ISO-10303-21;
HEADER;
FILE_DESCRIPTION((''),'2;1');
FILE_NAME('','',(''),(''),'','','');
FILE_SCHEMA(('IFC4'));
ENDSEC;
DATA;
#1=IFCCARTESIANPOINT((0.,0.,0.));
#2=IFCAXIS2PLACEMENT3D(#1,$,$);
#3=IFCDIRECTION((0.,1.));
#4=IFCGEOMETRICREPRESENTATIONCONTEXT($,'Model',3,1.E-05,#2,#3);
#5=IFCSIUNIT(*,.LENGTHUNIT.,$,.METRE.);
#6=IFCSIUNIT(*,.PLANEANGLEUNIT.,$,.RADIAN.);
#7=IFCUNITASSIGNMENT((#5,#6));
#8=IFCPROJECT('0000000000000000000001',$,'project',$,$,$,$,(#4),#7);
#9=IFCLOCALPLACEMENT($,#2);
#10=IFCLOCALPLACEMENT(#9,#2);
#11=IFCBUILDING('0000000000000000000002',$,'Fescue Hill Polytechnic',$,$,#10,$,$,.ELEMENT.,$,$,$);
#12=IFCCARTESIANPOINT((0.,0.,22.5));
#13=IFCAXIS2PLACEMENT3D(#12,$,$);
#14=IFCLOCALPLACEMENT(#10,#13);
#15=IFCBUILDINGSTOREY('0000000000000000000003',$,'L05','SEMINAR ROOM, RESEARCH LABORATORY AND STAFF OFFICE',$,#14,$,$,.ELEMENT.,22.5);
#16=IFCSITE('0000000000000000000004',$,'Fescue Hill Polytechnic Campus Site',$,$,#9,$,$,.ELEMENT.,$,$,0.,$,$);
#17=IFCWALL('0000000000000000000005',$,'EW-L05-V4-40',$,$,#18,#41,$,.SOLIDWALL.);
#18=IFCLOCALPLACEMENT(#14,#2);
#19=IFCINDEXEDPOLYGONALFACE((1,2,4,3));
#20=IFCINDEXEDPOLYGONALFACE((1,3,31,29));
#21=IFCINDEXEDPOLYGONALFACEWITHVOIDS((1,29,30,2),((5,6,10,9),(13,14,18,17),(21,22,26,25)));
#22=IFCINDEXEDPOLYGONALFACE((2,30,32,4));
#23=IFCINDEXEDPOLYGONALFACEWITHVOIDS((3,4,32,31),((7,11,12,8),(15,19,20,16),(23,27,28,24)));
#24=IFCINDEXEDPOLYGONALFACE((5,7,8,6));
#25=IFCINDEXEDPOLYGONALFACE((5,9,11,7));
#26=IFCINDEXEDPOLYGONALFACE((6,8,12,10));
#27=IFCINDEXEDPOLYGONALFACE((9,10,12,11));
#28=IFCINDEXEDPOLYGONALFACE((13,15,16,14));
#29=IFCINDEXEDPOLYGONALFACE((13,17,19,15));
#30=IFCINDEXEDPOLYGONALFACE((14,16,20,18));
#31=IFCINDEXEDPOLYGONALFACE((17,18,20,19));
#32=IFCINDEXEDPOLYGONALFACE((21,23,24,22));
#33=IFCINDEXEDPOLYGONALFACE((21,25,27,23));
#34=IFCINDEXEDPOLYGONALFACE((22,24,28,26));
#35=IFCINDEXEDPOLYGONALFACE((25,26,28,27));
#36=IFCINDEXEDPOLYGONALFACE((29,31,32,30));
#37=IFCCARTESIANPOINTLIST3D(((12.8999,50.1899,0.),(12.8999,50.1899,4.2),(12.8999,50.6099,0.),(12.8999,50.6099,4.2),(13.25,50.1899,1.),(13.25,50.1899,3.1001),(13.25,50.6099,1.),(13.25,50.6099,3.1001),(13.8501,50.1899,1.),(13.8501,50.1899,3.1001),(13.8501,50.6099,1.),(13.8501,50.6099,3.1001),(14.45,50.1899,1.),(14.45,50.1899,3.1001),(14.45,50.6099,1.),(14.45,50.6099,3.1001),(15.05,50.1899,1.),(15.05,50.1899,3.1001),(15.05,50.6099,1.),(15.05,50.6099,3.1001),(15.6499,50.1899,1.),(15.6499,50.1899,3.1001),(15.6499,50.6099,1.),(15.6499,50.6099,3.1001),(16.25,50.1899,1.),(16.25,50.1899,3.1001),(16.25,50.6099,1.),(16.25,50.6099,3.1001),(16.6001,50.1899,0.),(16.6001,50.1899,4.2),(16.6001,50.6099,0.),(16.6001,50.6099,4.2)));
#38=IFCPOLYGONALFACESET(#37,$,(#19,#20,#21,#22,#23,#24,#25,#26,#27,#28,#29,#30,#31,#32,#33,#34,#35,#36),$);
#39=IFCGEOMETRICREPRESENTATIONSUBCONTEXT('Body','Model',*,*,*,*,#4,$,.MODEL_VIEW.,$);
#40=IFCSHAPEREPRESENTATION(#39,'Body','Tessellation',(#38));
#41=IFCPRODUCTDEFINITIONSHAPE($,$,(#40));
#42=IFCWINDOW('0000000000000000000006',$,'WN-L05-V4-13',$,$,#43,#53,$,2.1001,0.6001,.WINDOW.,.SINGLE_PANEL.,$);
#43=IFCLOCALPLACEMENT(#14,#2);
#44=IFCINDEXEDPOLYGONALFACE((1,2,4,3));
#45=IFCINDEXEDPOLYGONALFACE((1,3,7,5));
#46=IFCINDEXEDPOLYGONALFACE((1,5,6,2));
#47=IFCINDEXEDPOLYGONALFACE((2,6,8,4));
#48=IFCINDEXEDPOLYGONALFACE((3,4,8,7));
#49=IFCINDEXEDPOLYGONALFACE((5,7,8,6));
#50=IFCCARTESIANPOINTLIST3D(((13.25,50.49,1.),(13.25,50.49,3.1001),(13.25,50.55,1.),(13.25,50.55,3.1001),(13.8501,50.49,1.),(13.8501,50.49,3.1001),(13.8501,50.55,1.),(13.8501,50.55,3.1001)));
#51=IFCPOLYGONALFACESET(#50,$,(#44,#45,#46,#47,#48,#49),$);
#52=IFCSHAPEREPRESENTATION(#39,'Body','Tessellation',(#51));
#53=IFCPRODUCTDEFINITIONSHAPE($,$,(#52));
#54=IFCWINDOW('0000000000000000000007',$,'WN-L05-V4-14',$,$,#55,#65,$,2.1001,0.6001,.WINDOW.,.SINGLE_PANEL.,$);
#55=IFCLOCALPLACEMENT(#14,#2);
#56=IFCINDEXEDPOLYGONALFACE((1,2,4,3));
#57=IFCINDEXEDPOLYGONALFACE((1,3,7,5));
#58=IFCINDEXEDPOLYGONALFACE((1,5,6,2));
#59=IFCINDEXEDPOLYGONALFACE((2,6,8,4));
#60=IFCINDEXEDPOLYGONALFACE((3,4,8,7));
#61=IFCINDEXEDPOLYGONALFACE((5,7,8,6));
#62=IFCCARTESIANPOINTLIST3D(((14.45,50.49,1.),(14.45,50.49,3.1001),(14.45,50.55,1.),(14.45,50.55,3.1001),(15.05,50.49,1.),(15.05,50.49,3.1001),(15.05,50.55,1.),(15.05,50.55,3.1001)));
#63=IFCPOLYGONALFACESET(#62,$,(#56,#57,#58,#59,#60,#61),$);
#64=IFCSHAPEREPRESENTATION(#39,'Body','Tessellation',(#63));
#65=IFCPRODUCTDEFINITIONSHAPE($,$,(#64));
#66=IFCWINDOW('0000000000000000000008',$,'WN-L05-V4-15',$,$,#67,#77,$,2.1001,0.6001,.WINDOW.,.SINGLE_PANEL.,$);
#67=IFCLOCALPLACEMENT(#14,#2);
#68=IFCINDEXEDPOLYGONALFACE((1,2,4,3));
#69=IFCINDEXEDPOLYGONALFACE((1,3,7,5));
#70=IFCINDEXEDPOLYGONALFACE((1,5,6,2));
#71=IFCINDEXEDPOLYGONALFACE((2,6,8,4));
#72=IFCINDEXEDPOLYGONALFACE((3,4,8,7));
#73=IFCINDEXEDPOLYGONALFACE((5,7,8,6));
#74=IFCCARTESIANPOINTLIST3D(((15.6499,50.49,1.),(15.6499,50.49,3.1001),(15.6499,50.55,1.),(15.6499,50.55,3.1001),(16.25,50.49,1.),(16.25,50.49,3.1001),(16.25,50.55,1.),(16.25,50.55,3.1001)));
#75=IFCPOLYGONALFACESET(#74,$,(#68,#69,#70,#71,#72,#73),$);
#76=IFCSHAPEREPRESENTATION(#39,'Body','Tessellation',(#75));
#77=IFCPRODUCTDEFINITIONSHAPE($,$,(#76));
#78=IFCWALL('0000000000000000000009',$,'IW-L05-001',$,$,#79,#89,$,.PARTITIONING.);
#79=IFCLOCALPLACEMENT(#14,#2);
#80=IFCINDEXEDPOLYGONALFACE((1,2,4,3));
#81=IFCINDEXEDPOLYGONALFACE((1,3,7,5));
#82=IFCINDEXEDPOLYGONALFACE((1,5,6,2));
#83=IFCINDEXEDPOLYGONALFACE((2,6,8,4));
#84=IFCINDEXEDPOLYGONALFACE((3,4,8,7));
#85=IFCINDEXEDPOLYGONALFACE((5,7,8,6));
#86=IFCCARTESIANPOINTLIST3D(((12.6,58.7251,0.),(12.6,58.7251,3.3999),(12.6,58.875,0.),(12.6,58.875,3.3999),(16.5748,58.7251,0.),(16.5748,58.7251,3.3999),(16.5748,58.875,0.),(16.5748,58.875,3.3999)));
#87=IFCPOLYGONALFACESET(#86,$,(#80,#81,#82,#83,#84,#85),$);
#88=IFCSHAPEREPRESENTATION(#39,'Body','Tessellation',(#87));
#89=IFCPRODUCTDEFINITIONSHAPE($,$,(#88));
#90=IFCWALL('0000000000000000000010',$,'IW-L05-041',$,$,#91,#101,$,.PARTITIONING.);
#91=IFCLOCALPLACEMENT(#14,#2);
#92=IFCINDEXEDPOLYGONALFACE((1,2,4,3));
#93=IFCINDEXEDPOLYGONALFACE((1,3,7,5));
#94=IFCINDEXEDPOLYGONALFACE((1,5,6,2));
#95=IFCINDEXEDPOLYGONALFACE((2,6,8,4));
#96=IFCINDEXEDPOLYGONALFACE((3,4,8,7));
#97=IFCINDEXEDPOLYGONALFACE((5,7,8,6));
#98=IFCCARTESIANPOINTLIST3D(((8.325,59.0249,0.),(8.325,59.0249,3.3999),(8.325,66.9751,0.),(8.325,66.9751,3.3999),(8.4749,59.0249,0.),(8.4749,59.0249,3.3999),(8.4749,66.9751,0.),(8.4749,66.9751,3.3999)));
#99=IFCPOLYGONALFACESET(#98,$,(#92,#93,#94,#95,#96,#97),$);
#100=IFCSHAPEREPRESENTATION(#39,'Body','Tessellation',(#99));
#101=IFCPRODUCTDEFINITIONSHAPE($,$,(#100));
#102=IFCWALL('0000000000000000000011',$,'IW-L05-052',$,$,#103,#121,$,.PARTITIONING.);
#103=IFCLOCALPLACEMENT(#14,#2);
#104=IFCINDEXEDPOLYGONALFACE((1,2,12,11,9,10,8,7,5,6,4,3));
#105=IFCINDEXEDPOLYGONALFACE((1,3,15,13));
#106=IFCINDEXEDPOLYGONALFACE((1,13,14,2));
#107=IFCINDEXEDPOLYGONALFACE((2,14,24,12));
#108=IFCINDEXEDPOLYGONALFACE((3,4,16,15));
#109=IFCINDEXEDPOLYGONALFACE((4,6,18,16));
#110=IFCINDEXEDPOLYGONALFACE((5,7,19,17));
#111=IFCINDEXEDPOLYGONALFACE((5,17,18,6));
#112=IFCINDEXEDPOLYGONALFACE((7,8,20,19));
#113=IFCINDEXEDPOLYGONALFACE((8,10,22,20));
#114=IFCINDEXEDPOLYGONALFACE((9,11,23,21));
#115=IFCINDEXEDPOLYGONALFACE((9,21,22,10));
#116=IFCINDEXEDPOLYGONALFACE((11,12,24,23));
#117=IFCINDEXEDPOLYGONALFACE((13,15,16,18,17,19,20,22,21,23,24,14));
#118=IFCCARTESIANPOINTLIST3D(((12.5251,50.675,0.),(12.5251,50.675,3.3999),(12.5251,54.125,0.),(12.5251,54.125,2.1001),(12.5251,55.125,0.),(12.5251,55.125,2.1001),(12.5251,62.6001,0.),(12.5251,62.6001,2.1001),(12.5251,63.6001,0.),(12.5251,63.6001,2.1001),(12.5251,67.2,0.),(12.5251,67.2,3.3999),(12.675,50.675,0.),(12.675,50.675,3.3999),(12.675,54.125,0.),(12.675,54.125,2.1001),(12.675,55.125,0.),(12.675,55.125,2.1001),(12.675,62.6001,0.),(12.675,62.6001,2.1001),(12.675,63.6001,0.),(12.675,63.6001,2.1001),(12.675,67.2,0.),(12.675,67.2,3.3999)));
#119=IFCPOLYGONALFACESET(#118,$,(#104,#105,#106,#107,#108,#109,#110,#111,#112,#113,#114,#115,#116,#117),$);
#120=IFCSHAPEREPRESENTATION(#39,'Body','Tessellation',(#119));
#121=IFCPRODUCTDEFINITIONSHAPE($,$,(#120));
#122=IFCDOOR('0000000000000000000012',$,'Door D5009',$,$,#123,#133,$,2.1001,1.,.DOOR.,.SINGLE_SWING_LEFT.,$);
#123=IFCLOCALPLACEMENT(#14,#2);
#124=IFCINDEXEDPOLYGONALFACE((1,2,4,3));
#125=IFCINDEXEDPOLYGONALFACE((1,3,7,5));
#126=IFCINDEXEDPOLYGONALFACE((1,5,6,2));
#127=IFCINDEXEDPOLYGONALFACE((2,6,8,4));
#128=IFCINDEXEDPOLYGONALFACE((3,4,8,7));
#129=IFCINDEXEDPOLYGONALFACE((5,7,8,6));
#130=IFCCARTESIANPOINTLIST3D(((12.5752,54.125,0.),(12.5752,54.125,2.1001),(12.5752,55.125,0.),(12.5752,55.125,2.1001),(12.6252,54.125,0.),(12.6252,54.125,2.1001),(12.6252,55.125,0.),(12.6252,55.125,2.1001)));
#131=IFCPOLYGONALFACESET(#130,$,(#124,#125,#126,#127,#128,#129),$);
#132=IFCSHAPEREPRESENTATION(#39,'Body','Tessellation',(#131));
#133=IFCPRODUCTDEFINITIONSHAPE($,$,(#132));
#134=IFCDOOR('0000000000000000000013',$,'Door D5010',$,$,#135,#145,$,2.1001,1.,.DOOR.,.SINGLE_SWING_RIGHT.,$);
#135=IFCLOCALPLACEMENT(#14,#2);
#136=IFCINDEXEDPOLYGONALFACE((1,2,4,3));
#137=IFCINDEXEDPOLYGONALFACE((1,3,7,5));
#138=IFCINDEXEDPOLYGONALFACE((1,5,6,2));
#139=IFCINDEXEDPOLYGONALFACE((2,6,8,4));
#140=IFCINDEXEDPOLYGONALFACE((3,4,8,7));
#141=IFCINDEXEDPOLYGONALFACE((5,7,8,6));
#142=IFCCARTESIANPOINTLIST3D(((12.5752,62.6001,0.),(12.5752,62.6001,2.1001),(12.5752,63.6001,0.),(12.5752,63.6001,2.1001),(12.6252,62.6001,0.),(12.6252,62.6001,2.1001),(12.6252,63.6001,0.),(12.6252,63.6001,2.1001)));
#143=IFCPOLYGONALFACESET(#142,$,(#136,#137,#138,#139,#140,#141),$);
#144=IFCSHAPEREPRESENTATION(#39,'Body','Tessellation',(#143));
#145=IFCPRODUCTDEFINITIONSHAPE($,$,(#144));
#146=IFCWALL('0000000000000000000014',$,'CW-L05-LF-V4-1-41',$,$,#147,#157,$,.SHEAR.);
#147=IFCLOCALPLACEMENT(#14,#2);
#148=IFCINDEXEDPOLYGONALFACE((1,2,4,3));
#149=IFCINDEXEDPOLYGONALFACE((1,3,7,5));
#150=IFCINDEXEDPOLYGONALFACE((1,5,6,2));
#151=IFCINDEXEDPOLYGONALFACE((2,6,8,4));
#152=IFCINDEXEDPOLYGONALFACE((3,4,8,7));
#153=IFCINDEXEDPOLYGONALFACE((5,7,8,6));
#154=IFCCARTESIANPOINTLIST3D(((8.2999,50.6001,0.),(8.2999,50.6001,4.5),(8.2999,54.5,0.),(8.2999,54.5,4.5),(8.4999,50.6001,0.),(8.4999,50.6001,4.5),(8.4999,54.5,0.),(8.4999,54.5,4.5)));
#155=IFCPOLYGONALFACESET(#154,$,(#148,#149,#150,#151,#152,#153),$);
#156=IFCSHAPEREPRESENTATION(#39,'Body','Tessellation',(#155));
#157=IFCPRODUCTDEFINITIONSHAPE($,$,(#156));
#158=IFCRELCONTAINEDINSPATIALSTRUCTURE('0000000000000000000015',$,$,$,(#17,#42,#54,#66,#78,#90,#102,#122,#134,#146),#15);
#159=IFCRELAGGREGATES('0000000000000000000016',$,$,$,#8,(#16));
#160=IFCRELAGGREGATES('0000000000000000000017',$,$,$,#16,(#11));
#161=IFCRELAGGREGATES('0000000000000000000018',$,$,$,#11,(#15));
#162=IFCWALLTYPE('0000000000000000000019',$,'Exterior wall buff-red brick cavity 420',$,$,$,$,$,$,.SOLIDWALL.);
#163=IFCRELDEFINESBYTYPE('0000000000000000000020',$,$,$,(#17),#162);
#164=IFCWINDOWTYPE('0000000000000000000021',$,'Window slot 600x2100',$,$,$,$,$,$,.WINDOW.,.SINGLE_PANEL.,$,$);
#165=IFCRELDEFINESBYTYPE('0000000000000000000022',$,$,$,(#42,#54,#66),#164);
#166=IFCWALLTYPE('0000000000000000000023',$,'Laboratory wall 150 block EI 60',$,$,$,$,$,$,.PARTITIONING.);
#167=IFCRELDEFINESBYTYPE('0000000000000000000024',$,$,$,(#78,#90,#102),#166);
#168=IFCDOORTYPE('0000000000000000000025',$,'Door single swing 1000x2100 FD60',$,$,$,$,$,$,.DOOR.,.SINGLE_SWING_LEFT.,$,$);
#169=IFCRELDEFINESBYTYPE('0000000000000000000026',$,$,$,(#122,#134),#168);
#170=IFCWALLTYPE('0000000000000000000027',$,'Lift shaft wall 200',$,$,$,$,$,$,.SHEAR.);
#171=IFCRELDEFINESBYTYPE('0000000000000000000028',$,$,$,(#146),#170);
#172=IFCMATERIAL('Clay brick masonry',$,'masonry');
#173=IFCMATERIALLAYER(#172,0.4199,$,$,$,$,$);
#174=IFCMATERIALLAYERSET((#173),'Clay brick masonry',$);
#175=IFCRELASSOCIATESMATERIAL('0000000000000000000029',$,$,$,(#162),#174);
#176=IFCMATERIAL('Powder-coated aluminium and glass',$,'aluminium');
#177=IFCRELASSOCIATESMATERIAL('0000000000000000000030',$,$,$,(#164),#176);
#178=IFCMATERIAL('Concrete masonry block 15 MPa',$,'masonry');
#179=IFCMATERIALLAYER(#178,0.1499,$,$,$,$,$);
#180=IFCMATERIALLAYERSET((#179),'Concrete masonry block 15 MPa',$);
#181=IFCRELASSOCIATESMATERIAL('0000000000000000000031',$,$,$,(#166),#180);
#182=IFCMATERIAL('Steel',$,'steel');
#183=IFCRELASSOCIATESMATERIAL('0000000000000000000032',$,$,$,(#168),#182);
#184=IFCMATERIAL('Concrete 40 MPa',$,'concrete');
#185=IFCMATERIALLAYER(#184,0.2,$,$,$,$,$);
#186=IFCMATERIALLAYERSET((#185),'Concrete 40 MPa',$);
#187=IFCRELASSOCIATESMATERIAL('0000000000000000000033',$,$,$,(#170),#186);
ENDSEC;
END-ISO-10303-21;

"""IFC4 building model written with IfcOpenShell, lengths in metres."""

from ifc_helpers import new_model, si_unit, direction, frame, frame_2d, origin, place, context, subcontext, project, spatial, rectangle, extrude, material, layer, layer_set, type_object, element, fill, save


model = new_model("IFC4")

# Units and contexts
model_context = context("Model", 3, precision=1e-05, world=origin(), true_north=direction((0.0, 1.0)))
body_context = subcontext(model_context, "Body", "Model", "MODEL_VIEW")
ifc_project = project(units=[si_unit("LENGTHUNIT", "METRE"), si_unit("PLANEANGLEUNIT", "RADIAN")], contexts=[model_context])

# Site, building, storey
site_placement = place(None, origin())
site = spatial("IfcSite", under=ifc_project, at=site_placement, Name="Fescue Hill Polytechnic Campus Site", CompositionType="ELEMENT", RefElevation=0.0)
building_placement = place(site_placement, origin())
building = spatial("IfcBuilding", under=site, at=building_placement, Name="Fescue Hill Polytechnic", CompositionType="ELEMENT")
storey_placement = place(building_placement, frame((0.0, 0.0, 22.5)))
storey = spatial("IfcBuildingStorey", under=building, at=storey_placement, Name="L05", Description="SEMINAR ROOM, RESEARCH LABORATORY AND STAFF OFFICE", CompositionType="ELEMENT", Elevation=22.5)

# Shared definitions
ifc_material_1 = material(Name="Concrete 40 MPa", Category="concrete")

# Shared definitions
ifc_material_2 = material(Name="Clay brick masonry", Category="masonry")

# Wall, openings, windows
ifc_layer_1 = layer(ifc_material_2, 0.4199)
ifc_layer_set_1 = layer_set([ifc_layer_1], Name="Clay brick masonry")
wall_type_1 = type_object("IfcWallType", Name="Exterior wall buff-red brick cavity 420", PredefinedType="SOLIDWALL", material=ifc_layer_set_1)
wall_1_placement = place(storey_placement, frame((12.8999, 50.3999, 0.0), z_axis=(0.0, 0.0, 1.0), x_axis=(1.0, 0.0, 0.0)))
wall_1 = element("IfcWall", 1, at=wall_1_placement, inside=storey, type_object=wall_type_1, Name="EW-L05-V4-40", PredefinedType="SOLIDWALL", context=body_context, shape_type="SweptSolid", body=[
    extrude(rectangle(XDim=3.7002, YDim=0.4199, at=frame_2d((1.8501, 0.0))), origin(), (0.0, 0.0, 1.0), 4.2),
])
opening_1_placement = place(wall_1_placement, frame((0.3501, 0.0, 1.0)))
opening_1 = element("IfcOpeningElement", 2, at=opening_1_placement, cuts=wall_1, PredefinedType="OPENING", context=body_context, shape_type="SweptSolid", body=[
    extrude(rectangle(XDim=0.6001, YDim=2.1001, at=frame_2d((0.3, 1.05))), frame((0.0, 0.22, 0.0), z_axis=(0.0, -1.0, 0.0), x_axis=(1.0, 0.0, 0.0)), (0.0, 0.0, 1.0), 0.4399),
])
opening_2_placement = place(wall_1_placement, frame((1.55, 0.0, 1.0)))
opening_2 = element("IfcOpeningElement", 3, at=opening_2_placement, cuts=wall_1, PredefinedType="OPENING", context=body_context, shape_type="SweptSolid", body=[
    extrude(rectangle(XDim=0.6001, YDim=2.1001, at=frame_2d((0.3, 1.05))), frame((0.0, 0.22, 0.0), z_axis=(0.0, -1.0, 0.0), x_axis=(1.0, 0.0, 0.0)), (0.0, 0.0, 1.0), 0.4399),
])
opening_3_placement = place(wall_1_placement, frame((2.75, 0.0, 1.0)))
opening_3 = element("IfcOpeningElement", 4, at=opening_3_placement, cuts=wall_1, PredefinedType="OPENING", context=body_context, shape_type="SweptSolid", body=[
    extrude(rectangle(XDim=0.6001, YDim=2.1001, at=frame_2d((0.3, 1.05))), frame((0.0, 0.22, 0.0), z_axis=(0.0, -1.0, 0.0), x_axis=(1.0, 0.0, 0.0)), (0.0, 0.0, 1.0), 0.4399),
])
ifc_material_3 = material(Name="Powder-coated aluminium and glass", Category="aluminium")
window_type = type_object("IfcWindowType", Name="Window slot 600x2100", PartitioningType="SINGLE_PANEL", PredefinedType="WINDOW", material=ifc_material_3)
window_1_placement = place(opening_1_placement, origin())
window_1 = element("IfcWindow", 5, at=window_1_placement, inside=storey, type_object=window_type, Name="WN-L05-V4-13", OverallHeight=2.1001, OverallWidth=0.6001, PartitioningType="SINGLE_PANEL", PredefinedType="WINDOW", context=body_context, shape_type="SweptSolid", body=[
    extrude(rectangle(XDim=0.6001, YDim=2.1001, at=frame_2d((0.3, 1.05))), frame((0.0, 0.1501, 0.0), z_axis=(0.0, -1.0, 0.0), x_axis=(1.0, 0.0, 0.0)), (0.0, 0.0, 1.0), 0.0601),
])
fill(opening_1, window_1)
window_2_placement = place(opening_2_placement, origin())
window_2 = element("IfcWindow", 6, at=window_2_placement, inside=storey, type_object=window_type, Name="WN-L05-V4-14", OverallHeight=2.1001, OverallWidth=0.6001, PartitioningType="SINGLE_PANEL", PredefinedType="WINDOW", context=body_context, shape_type="SweptSolid", body=[
    extrude(rectangle(XDim=0.6001, YDim=2.1001, at=frame_2d((0.3, 1.05))), frame((0.0, 0.1501, 0.0), z_axis=(0.0, -1.0, 0.0), x_axis=(1.0, 0.0, 0.0)), (0.0, 0.0, 1.0), 0.0601),
])
fill(opening_2, window_2)
window_3_placement = place(opening_3_placement, origin())
window_3 = element("IfcWindow", 7, at=window_3_placement, inside=storey, type_object=window_type, Name="WN-L05-V4-15", OverallHeight=2.1001, OverallWidth=0.6001, PartitioningType="SINGLE_PANEL", PredefinedType="WINDOW", context=body_context, shape_type="SweptSolid", body=[
    extrude(rectangle(XDim=0.6001, YDim=2.1001, at=frame_2d((0.3, 1.05))), frame((0.0, 0.1501, 0.0), z_axis=(0.0, -1.0, 0.0), x_axis=(1.0, 0.0, 0.0)), (0.0, 0.0, 1.0), 0.0601),
])
fill(opening_3, window_3)

# Walls
ifc_material_4 = material(Name="Concrete masonry block 15 MPa", Category="masonry")
ifc_layer_2 = layer(ifc_material_4, 0.1499)
ifc_layer_set_2 = layer_set([ifc_layer_2], Name="Concrete masonry block 15 MPa")
wall_type_2 = type_object("IfcWallType", Name="Laboratory wall 150 block EI 60", PredefinedType="PARTITIONING", material=ifc_layer_set_2)
wall_2_placement = place(storey_placement, frame((12.6001, 58.8, 0.0), z_axis=(0.0, 0.0, 1.0), x_axis=(1.0, 0.0, 0.0)))
element("IfcWall", 8, at=wall_2_placement, inside=storey, type_object=wall_type_2, Name="IW-L05-001", PredefinedType="PARTITIONING", context=body_context, shape_type="SweptSolid", body=[
    extrude(rectangle(XDim=3.9749, YDim=0.1499, at=frame_2d((1.9873, 0.0))), origin(), (0.0, 0.0, 1.0), 3.3999),
])
wall_3_placement = place(storey_placement, frame((8.3999, 59.0249, 0.0), z_axis=(0.0, 0.0, 1.0), x_axis=(0.0, 1.0, 0.0)))
element("IfcWall", 9, at=wall_3_placement, inside=storey, type_object=wall_type_2, Name="IW-L05-041", PredefinedType="PARTITIONING", context=body_context, shape_type="SweptSolid", body=[
    extrude(rectangle(XDim=7.9502, YDim=0.1499, at=frame_2d((3.9751, 0.0))), origin(), (0.0, 0.0, 1.0), 3.3999),
])

# Wall, openings, doors
wall_4_placement = place(storey_placement, frame((12.6001, 50.675, 0.0), z_axis=(0.0, 0.0, 1.0), x_axis=(0.0, 1.0, 0.0)))
wall_4 = element("IfcWall", 10, at=wall_4_placement, inside=storey, type_object=wall_type_2, Name="IW-L05-052", PredefinedType="PARTITIONING", context=body_context, shape_type="SweptSolid", body=[
    extrude(rectangle(XDim=16.5249, YDim=0.1499, at=frame_2d((8.2625, 0.0))), origin(), (0.0, 0.0, 1.0), 3.3999),
])
opening_4_placement = place(wall_4_placement, frame((3.45, 0.0, 0.0)))
opening_4 = element("IfcOpeningElement", 11, at=opening_4_placement, cuts=wall_4, PredefinedType="OPENING", context=body_context, shape_type="SweptSolid", body=[
    extrude(rectangle(XDim=1.0, YDim=2.1001, at=frame_2d((0.5, 1.05))), frame((0.0, 0.085, 0.0), z_axis=(0.0, -1.0, 0.0), x_axis=(1.0, 0.0, 0.0)), (0.0, 0.0, 1.0), 0.1699),
])
opening_5_placement = place(wall_4_placement, frame((11.925, 0.0, 0.0)))
opening_5 = element("IfcOpeningElement", 12, at=opening_5_placement, cuts=wall_4, PredefinedType="OPENING", context=body_context, shape_type="SweptSolid", body=[
    extrude(rectangle(XDim=1.0, YDim=2.1001, at=frame_2d((0.5, 1.05))), frame((0.0, 0.085, 0.0), z_axis=(0.0, -1.0, 0.0), x_axis=(1.0, 0.0, 0.0)), (0.0, 0.0, 1.0), 0.1699),
])
ifc_material_5 = material(Name="Steel", Category="steel")
door_type = type_object("IfcDoorType", Name="Door single swing 1000x2100 FD60", OperationType="SINGLE_SWING_LEFT", PredefinedType="DOOR", material=ifc_material_5)
door_1_placement = place(opening_4_placement, origin())
door_1 = element("IfcDoor", 13, at=door_1_placement, inside=storey, type_object=door_type, Name="Door D5009", OperationType="SINGLE_SWING_LEFT", OverallHeight=2.1001, OverallWidth=1.0, PredefinedType="DOOR", context=body_context, shape_type="SweptSolid", body=[
    extrude(rectangle(XDim=1.0, YDim=2.1001, at=frame_2d((0.5, 1.05))), frame((0.0, 0.0249, 0.0), z_axis=(0.0, -1.0, 0.0), x_axis=(1.0, 0.0, 0.0)), (0.0, 0.0, 1.0), 0.05),
])
fill(opening_4, door_1)
door_2_placement = place(opening_5_placement, origin())
door_2 = element("IfcDoor", 14, at=door_2_placement, inside=storey, type_object=door_type, Name="Door D5010", OperationType="SINGLE_SWING_RIGHT", OverallHeight=2.1001, OverallWidth=1.0, PredefinedType="DOOR", context=body_context, shape_type="SweptSolid", body=[
    extrude(rectangle(XDim=1.0, YDim=2.1001, at=frame_2d((0.5, 1.05))), frame((0.0, 0.0249, 0.0), z_axis=(0.0, -1.0, 0.0), x_axis=(1.0, 0.0, 0.0)), (0.0, 0.0, 1.0), 0.05),
])
fill(opening_5, door_2)

# Wall
ifc_layer_3 = layer(ifc_material_1, 0.2)
ifc_layer_set_3 = layer_set([ifc_layer_3], Name="Concrete 40 MPa")
wall_type_3 = type_object("IfcWallType", Name="Lift shaft wall 200", PredefinedType="SHEAR", material=ifc_layer_set_3)
wall_5_placement = place(storey_placement, frame((8.3999, 50.6001, 0.0), z_axis=(0.0, 0.0, 1.0), x_axis=(0.0, 1.0, 0.0)))
element("IfcWall", 15, at=wall_5_placement, inside=storey, type_object=wall_type_3, Name="CW-L05-LF-V4-1-41", PredefinedType="SHEAR", context=body_context, shape_type="SweptSolid", body=[
    extrude(rectangle(XDim=3.8999, YDim=0.2, at=frame_2d((1.95, 0.0))), origin(), (0.0, 0.0, 1.0), 4.5),
])

save(model, "model.ifc")
